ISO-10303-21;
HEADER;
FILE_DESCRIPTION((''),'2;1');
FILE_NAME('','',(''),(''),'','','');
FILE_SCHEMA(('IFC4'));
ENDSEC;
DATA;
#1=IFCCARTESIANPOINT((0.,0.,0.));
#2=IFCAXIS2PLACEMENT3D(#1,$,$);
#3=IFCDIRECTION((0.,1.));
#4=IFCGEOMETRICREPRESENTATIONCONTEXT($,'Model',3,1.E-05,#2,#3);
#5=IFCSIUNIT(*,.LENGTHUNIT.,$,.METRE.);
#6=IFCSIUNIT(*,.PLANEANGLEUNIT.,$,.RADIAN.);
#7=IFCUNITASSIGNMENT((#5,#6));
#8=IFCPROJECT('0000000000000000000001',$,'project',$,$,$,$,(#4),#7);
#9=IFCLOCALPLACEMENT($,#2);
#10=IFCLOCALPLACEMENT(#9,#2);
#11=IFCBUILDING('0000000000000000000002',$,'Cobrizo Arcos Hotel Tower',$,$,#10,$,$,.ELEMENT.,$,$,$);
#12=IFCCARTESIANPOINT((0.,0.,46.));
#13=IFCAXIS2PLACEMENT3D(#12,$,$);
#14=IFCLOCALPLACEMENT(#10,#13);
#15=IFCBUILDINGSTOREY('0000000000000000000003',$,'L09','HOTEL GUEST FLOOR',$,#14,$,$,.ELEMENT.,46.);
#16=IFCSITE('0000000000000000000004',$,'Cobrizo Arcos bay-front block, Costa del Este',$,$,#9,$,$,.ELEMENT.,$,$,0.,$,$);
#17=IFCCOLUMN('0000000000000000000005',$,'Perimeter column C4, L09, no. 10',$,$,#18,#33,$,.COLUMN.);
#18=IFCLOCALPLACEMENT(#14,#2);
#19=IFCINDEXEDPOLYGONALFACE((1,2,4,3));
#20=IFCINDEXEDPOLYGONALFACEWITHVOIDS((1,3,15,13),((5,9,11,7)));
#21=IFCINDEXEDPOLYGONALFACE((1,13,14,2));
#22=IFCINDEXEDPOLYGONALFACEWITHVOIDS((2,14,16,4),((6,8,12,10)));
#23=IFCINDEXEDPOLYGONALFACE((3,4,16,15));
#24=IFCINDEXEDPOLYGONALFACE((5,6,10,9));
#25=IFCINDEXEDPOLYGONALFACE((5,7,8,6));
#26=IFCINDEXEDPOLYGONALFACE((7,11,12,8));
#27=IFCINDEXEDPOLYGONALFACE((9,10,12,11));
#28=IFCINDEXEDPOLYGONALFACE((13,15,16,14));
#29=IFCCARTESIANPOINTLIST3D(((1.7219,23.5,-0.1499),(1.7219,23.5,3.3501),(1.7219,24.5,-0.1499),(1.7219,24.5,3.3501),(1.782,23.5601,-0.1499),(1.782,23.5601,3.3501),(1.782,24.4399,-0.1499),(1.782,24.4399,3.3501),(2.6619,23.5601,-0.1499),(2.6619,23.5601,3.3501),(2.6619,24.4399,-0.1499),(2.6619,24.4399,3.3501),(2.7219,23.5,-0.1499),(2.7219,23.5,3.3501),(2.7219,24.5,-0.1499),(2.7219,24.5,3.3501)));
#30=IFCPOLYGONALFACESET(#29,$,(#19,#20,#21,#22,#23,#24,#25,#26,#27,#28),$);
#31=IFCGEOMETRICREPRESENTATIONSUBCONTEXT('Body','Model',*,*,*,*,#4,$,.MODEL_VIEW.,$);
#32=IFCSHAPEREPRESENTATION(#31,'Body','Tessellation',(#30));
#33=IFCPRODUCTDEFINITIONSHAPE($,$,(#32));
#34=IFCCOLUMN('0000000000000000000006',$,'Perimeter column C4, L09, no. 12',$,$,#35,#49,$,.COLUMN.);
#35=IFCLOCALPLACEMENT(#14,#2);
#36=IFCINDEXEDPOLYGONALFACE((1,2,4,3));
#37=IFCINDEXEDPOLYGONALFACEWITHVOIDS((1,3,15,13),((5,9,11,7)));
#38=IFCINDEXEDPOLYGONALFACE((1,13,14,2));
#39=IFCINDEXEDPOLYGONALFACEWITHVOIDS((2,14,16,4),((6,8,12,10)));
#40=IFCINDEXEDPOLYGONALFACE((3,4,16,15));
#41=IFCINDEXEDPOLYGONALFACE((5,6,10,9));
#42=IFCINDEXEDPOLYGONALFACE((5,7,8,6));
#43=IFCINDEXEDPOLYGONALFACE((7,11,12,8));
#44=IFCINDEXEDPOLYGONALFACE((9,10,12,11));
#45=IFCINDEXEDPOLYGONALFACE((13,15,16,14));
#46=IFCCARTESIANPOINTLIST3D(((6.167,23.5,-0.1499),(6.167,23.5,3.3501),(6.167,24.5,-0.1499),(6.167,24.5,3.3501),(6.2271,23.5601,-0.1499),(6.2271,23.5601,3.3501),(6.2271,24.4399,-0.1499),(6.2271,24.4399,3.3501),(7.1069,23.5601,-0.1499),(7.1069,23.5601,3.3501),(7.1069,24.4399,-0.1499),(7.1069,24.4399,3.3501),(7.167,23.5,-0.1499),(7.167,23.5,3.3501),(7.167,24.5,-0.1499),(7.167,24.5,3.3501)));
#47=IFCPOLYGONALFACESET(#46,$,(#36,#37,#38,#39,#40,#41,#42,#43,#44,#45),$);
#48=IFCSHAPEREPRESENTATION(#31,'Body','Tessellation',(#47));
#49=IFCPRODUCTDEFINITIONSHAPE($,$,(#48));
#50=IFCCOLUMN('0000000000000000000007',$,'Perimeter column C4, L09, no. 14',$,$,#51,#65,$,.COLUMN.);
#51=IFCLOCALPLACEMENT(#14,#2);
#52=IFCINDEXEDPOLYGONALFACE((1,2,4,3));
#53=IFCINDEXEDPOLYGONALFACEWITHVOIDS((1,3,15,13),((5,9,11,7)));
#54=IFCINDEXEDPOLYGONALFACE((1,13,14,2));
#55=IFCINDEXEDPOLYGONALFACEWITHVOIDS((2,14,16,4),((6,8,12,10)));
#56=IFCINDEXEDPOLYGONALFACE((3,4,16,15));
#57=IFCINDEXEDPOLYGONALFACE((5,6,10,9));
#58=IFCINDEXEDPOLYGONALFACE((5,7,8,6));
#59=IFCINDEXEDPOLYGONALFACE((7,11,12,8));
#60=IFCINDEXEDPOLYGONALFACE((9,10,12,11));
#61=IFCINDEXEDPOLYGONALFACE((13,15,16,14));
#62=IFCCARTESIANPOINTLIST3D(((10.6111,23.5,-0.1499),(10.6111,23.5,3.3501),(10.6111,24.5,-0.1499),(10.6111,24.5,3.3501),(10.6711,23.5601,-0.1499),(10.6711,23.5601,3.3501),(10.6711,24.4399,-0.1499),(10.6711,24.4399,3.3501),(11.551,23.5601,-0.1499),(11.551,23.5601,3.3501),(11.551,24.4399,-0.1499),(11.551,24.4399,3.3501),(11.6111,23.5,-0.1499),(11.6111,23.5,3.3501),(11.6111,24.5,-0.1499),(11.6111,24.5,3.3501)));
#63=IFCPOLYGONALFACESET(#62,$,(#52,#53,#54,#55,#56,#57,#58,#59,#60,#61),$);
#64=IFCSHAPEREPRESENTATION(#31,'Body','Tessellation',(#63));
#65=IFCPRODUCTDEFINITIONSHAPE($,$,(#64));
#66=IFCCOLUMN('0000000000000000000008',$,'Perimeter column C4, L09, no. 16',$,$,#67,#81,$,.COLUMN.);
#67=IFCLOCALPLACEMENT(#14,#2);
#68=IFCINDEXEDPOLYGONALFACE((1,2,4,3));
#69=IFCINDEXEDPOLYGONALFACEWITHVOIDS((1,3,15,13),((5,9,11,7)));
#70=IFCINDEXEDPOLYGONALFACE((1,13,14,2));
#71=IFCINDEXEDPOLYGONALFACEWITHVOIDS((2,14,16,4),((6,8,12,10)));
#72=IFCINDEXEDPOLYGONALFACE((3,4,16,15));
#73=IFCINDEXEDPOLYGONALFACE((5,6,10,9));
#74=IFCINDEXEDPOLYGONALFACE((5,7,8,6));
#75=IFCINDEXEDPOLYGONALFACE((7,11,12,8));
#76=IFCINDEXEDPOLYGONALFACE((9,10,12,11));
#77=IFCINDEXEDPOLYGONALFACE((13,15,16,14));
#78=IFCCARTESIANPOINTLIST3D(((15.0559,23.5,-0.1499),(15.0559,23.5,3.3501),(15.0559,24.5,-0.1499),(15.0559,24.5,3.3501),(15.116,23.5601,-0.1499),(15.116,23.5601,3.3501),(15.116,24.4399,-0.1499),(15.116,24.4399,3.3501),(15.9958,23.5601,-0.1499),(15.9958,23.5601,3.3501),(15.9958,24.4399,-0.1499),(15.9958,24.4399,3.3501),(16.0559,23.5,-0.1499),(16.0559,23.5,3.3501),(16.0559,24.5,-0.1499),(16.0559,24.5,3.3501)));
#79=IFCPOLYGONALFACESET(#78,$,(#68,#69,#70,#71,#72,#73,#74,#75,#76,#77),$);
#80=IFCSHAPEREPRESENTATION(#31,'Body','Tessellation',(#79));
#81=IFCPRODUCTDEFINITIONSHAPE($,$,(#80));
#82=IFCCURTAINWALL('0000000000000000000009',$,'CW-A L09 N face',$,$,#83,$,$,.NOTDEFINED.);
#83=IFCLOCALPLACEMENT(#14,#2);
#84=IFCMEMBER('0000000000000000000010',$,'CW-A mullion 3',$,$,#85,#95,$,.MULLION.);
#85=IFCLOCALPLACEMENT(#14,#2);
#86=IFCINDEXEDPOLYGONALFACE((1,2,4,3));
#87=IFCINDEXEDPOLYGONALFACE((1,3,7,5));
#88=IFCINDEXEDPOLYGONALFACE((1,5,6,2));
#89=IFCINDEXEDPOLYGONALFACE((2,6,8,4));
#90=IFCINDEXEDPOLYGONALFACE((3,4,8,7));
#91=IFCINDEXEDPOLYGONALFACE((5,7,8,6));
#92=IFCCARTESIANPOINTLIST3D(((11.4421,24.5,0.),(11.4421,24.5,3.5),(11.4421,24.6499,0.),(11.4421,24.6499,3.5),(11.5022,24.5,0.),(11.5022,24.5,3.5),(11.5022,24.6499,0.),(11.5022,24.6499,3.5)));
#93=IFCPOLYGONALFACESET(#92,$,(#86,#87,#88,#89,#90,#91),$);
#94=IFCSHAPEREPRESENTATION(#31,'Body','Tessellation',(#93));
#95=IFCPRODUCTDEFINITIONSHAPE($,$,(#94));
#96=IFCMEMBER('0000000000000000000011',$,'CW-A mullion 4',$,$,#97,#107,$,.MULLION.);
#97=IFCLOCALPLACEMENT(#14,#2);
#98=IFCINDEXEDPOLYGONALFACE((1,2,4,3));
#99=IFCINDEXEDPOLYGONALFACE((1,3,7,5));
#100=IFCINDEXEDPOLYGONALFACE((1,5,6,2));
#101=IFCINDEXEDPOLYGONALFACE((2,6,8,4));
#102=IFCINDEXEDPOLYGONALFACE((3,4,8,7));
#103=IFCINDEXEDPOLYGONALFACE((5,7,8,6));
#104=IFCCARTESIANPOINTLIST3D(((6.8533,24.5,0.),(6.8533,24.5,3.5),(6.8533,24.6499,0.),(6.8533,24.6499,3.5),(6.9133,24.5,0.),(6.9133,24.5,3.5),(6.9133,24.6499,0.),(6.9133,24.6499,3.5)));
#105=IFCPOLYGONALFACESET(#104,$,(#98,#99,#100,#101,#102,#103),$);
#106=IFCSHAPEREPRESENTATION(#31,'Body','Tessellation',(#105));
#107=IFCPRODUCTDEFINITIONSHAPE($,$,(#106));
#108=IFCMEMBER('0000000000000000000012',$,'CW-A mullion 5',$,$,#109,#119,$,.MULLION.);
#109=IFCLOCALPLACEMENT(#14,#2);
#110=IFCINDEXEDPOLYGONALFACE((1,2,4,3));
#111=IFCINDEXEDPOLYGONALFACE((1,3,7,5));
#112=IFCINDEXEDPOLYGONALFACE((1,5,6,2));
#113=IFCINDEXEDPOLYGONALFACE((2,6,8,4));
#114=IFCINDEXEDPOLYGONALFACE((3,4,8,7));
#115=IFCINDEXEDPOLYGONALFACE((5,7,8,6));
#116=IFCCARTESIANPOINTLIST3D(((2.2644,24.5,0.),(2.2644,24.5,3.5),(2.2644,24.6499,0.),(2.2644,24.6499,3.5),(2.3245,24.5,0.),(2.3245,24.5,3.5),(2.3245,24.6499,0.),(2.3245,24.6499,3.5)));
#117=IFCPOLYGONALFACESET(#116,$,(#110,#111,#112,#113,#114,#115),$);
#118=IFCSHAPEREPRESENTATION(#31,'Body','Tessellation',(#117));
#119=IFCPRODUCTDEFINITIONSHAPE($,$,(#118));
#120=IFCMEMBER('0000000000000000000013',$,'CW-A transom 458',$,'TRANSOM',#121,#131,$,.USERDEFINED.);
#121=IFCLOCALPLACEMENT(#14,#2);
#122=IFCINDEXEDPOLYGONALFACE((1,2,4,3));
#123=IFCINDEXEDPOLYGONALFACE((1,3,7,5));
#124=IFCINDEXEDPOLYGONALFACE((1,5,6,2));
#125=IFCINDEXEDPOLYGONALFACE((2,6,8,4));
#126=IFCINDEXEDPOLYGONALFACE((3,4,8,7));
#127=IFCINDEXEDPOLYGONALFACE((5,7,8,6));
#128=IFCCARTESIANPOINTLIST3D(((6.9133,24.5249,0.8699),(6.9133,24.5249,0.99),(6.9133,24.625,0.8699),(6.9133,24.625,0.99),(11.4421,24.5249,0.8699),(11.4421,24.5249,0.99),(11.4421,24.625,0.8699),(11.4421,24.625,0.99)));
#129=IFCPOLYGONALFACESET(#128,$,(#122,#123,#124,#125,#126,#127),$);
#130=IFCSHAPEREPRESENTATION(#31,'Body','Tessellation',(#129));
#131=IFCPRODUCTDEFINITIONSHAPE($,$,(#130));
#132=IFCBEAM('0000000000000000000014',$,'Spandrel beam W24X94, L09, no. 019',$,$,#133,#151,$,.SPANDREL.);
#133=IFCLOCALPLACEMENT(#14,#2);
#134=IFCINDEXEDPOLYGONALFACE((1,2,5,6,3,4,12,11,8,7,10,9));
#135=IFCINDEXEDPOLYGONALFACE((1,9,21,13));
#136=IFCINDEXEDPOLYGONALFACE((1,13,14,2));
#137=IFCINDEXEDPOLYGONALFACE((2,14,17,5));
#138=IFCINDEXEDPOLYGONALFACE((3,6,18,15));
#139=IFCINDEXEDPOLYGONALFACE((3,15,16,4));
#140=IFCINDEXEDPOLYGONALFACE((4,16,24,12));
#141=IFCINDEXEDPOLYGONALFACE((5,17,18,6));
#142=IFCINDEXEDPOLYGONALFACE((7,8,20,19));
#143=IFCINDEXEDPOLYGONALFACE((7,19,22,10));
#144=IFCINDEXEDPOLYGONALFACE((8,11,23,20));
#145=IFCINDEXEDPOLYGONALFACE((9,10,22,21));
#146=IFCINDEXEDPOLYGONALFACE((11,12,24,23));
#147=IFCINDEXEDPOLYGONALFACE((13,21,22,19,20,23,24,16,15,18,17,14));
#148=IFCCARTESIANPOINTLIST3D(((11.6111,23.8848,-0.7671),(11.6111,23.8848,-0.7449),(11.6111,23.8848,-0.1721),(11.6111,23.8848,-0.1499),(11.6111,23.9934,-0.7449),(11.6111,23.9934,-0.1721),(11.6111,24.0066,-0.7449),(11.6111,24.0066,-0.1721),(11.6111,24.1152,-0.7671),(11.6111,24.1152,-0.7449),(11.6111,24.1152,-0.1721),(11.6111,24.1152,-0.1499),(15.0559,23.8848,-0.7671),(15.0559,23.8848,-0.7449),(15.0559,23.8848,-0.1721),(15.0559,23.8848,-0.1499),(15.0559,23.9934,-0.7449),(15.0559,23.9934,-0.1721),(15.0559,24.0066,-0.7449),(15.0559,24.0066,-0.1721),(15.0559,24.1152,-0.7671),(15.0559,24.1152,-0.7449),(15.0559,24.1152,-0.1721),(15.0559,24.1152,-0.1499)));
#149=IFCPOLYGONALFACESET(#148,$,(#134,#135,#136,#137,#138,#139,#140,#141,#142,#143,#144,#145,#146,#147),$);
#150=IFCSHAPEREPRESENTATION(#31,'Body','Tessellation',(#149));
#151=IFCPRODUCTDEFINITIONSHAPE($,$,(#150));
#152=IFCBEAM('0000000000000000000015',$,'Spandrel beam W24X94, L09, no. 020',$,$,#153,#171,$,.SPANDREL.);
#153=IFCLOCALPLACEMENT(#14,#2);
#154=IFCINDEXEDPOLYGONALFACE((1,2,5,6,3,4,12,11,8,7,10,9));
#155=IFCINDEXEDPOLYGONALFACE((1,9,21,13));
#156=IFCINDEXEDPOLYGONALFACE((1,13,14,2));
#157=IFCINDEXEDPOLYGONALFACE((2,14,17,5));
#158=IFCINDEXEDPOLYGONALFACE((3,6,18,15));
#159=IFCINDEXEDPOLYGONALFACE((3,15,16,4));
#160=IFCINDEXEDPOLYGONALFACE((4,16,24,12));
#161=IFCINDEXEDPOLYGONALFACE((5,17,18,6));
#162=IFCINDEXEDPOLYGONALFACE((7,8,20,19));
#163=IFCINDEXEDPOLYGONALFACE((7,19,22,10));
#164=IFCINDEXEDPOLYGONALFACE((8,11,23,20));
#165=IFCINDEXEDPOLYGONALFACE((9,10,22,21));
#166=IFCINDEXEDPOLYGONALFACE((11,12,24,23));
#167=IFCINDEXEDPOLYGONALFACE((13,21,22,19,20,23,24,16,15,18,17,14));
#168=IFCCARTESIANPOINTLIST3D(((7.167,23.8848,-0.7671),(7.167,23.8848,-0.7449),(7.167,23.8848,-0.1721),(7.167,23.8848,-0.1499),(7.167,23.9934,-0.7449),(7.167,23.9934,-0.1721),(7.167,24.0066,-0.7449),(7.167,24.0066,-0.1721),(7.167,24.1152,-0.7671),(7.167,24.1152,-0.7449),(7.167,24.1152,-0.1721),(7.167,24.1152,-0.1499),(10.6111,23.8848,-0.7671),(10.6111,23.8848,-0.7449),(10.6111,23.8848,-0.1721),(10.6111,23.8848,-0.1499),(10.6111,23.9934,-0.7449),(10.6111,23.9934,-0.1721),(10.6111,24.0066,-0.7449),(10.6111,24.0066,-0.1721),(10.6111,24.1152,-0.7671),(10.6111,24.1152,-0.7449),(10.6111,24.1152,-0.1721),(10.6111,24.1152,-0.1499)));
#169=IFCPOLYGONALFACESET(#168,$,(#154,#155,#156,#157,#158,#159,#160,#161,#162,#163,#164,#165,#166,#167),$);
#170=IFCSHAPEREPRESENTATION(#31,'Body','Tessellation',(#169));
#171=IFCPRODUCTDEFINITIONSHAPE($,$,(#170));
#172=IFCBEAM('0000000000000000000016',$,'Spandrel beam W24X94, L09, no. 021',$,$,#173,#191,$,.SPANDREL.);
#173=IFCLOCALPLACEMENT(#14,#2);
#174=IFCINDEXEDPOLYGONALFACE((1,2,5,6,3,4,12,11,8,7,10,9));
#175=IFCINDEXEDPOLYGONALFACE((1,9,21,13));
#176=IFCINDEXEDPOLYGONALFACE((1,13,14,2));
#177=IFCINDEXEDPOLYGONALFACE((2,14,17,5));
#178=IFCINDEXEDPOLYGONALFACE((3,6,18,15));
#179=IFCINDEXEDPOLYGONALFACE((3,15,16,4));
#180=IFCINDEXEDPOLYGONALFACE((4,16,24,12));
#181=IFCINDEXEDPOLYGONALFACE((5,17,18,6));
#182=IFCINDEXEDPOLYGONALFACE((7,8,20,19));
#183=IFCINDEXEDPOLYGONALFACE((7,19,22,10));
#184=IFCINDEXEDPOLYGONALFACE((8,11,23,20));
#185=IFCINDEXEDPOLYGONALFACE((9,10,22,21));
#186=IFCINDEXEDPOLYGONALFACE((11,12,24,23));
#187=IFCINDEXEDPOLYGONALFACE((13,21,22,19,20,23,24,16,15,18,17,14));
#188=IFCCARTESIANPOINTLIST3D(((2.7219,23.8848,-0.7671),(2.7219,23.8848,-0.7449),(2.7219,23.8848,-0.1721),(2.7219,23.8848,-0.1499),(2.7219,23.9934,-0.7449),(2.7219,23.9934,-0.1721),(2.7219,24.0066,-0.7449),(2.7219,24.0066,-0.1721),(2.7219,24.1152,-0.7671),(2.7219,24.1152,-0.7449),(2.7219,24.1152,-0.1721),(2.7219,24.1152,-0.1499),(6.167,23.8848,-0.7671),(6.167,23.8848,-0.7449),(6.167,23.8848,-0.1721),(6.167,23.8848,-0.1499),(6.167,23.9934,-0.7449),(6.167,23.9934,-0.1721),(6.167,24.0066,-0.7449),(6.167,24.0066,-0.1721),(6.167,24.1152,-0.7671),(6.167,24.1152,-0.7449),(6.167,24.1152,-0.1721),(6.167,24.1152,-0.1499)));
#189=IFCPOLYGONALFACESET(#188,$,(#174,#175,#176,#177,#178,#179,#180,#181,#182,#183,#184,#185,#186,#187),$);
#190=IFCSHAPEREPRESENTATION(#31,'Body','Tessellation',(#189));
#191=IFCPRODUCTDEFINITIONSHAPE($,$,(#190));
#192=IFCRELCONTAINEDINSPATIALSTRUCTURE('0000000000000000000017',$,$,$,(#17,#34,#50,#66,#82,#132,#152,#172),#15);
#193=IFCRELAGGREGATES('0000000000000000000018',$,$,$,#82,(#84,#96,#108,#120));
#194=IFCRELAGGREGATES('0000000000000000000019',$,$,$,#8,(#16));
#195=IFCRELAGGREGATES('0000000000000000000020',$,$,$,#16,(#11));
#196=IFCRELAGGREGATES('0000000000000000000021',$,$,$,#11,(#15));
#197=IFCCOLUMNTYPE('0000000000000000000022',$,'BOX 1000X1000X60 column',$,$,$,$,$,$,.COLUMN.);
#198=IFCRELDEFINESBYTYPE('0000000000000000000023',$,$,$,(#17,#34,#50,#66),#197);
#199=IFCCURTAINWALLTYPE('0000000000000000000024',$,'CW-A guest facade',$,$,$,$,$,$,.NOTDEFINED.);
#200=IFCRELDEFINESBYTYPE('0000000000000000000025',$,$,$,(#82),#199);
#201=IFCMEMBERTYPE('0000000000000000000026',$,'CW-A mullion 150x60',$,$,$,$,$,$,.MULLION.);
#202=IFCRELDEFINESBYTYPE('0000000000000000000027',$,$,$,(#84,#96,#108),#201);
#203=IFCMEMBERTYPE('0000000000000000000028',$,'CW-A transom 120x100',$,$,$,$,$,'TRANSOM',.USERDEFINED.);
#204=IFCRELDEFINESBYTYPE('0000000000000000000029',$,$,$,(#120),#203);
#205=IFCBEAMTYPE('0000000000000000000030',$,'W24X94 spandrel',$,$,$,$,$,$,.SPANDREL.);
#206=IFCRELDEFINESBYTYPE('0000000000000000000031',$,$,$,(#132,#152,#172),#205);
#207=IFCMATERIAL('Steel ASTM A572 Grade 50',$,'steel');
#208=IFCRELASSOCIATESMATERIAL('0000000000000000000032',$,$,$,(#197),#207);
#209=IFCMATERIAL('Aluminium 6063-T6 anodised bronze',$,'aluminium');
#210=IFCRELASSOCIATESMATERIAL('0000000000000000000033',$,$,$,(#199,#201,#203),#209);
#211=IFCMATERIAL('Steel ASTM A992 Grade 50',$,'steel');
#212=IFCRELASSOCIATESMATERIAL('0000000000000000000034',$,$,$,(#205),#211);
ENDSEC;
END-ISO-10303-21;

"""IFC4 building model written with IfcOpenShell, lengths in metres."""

from ifc_helpers import new_model, si_unit, direction, frame, origin, origin_2d, place, context, subcontext, project, spatial, rectangle, hollow_rectangle, i_section, extrude, material, material_profile, profile_set, type_object, element, aggregate, save


model = new_model("IFC4")

# Units and contexts
model_context = context("Model", 3, precision=1e-05, world=origin(), true_north=direction((0.0, 1.0)))
body_context = subcontext(model_context, "Body", "Model", "MODEL_VIEW")
ifc_project = project(units=[si_unit("LENGTHUNIT", "METRE"), si_unit("PLANEANGLEUNIT", "RADIAN")], contexts=[model_context])

# Site, building, storey
site_placement = place(None, origin())
site = spatial("IfcSite", under=ifc_project, at=site_placement, Name="Cobrizo Arcos bay-front block, Costa del Este", CompositionType="ELEMENT", RefElevation=0.0)
building_placement = place(site_placement, origin())
building = spatial("IfcBuilding", under=site, at=building_placement, Name="Cobrizo Arcos Hotel Tower", CompositionType="ELEMENT")
storey_placement = place(building_placement, frame((0.0, 0.0, 46.0)))
storey = spatial("IfcBuildingStorey", under=building, at=storey_placement, Name="L09", Description="HOTEL GUEST FLOOR", CompositionType="ELEMENT", Elevation=46.0)

# Columns
ifc_material_1 = material(Name="Steel ASTM A572 Grade 50", Category="steel")
ifc_material_profile_1 = material_profile(ifc_material_1, hollow_rectangle(XDim=1.0, YDim=1.0, WallThickness=0.0601, at=origin_2d()), Name="BOX 1000X1000X60")
ifc_profile_set_1 = profile_set([ifc_material_profile_1], Name="Steel ASTM A572 Grade 50")
column_type = type_object("IfcColumnType", Name="BOX 1000X1000X60 column", PredefinedType="COLUMN", material=ifc_profile_set_1)
for number, where, z_axis, x_axis, name in (
    (1, (2.2219, 24.0, -0.1499), (0.0, 0.0, 1.0), (1.0, 0.0, 0.0), "Perimeter column C4, L09, no. 10"),
    (2, (6.667, 24.0, -0.1499), (0.0, 0.0, 1.0), (1.0, 0.0, 0.0), "Perimeter column C4, L09, no. 12"),
    (3, (11.1111, 24.0, -0.1499), (0.0, 0.0, 1.0), (1.0, 0.0, 0.0), "Perimeter column C4, L09, no. 14"),
    (4, (15.5559, 24.0, -0.1499), (0.0, 0.0, 1.0), (1.0, 0.0, 0.0), "Perimeter column C4, L09, no. 16"),
):
    element("IfcColumn", number, at=place(storey_placement, frame(where, z_axis=z_axis, x_axis=x_axis)), inside=storey, type_object=column_type, Name=name, PredefinedType="COLUMN", context=body_context, shape_type="SweptSolid", body=[
        extrude(hollow_rectangle(XDim=1.0, YDim=1.0, WallThickness=0.0601, at=origin_2d()), origin(), (0.0, 0.0, 1.0), 3.5),
    ])

# Curtain wall, members
ifc_material_2 = material(Name="Aluminium 6063-T6 anodised bronze", Category="aluminium")
curtain_wall_type = type_object("IfcCurtainWallType", Name="CW-A guest facade", PredefinedType="NOTDEFINED", material=ifc_material_2)
curtain_wall_placement = place(storey_placement, origin())
curtain_wall = element("IfcCurtainWall", 5, at=curtain_wall_placement, inside=storey, type_object=curtain_wall_type, Name="CW-A L09 N face", PredefinedType="NOTDEFINED")
ifc_material_profile_2 = material_profile(ifc_material_2, rectangle(XDim=0.1499, YDim=0.0601, at=origin_2d()), Name="CW-A mullion 150x60")
ifc_profile_set_2 = profile_set([ifc_material_profile_2], Name="Aluminium 6063-T6 anodised bronze")
member_type_1 = type_object("IfcMemberType", Name="CW-A mullion 150x60", PredefinedType="MULLION", material=ifc_profile_set_2)
member_1_placement = place(storey_placement, frame((11.4722, 24.575, 0.0), z_axis=(0.0, 0.0, 1.0), x_axis=(0.0, 1.0, 0.0)))
member_1 = element("IfcMember", 6, at=member_1_placement, type_object=member_type_1, Name="CW-A mullion 3", PredefinedType="MULLION", context=body_context, shape_type="SweptSolid", body=[
    extrude(rectangle(XDim=0.1499, YDim=0.0601, at=origin_2d()), origin(), (0.0, 0.0, 1.0), 3.5),
])
member_2_placement = place(storey_placement, frame((6.8833, 24.575, 0.0), z_axis=(0.0, 0.0, 1.0), x_axis=(0.0, 1.0, 0.0)))
member_2 = element("IfcMember", 7, at=member_2_placement, type_object=member_type_1, Name="CW-A mullion 4", PredefinedType="MULLION", context=body_context, shape_type="SweptSolid", body=[
    extrude(rectangle(XDim=0.1499, YDim=0.0601, at=origin_2d()), origin(), (0.0, 0.0, 1.0), 3.5),
])
member_3_placement = place(storey_placement, frame((2.2944, 24.575, 0.0), z_axis=(0.0, 0.0, 1.0), x_axis=(0.0, 1.0, 0.0)))
member_3 = element("IfcMember", 8, at=member_3_placement, type_object=member_type_1, Name="CW-A mullion 5", PredefinedType="MULLION", context=body_context, shape_type="SweptSolid", body=[
    extrude(rectangle(XDim=0.1499, YDim=0.0601, at=origin_2d()), origin(), (0.0, 0.0, 1.0), 3.5),
])
ifc_material_profile_3 = material_profile(ifc_material_2, rectangle(XDim=0.1001, YDim=0.1201, at=origin_2d()), Name="CW-A transom 120x100")
ifc_profile_set_3 = profile_set([ifc_material_profile_3], Name="Aluminium 6063-T6 anodised bronze")
member_type_2 = type_object("IfcMemberType", Name="CW-A transom 120x100", ElementType="TRANSOM", PredefinedType="USERDEFINED", material=ifc_profile_set_3)
member_4_placement = place(storey_placement, frame((11.4421, 24.575, 0.9299), z_axis=(-1.0, 0.0, 0.0), x_axis=(0.0, -1.0, 0.0)))
member_4 = element("IfcMember", 9, at=member_4_placement, type_object=member_type_2, Name="CW-A transom 458", ObjectType="TRANSOM", PredefinedType="USERDEFINED", context=body_context, shape_type="SweptSolid", body=[
    extrude(rectangle(XDim=0.1001, YDim=0.1201, at=origin_2d()), origin(), (0.0, 0.0, 1.0), 4.5288),
])

# Beams
ifc_material_3 = material(Name="Steel ASTM A992 Grade 50", Category="steel")
ifc_material_profile_4 = material_profile(ifc_material_3, i_section(OverallWidth=0.2305, OverallDepth=0.6172, WebThickness=0.0132, FlangeThickness=0.0222, at=origin_2d()), Name="W24X94")
ifc_profile_set_4 = profile_set([ifc_material_profile_4], Name="Steel ASTM A992 Grade 50")
beam_type = type_object("IfcBeamType", Name="W24X94 spandrel", PredefinedType="SPANDREL", material=ifc_profile_set_4)
beam_1_placement = place(storey_placement, frame((15.0559, 24.0, -0.4585), z_axis=(-1.0, 0.0, 0.0), x_axis=(0.0, -1.0, 0.0)))
element("IfcBeam", 10, at=beam_1_placement, inside=storey, type_object=beam_type, Name="Spandrel beam W24X94, L09, no. 019", PredefinedType="SPANDREL", context=body_context, shape_type="SweptSolid", body=[
    extrude(i_section(OverallWidth=0.2305, OverallDepth=0.6172, WebThickness=0.0132, FlangeThickness=0.0222, at=origin_2d()), origin(), (0.0, 0.0, 1.0), 3.4448),
])
beam_2_placement = place(storey_placement, frame((10.6111, 24.0, -0.4585), z_axis=(-1.0, 0.0, 0.0), x_axis=(0.0, -1.0, 0.0)))
element("IfcBeam", 11, at=beam_2_placement, inside=storey, type_object=beam_type, Name="Spandrel beam W24X94, L09, no. 020", PredefinedType="SPANDREL", context=body_context, shape_type="SweptSolid", body=[
    extrude(i_section(OverallWidth=0.2305, OverallDepth=0.6172, WebThickness=0.0132, FlangeThickness=0.0222, at=origin_2d()), origin(), (0.0, 0.0, 1.0), 3.4441),
])
beam_3_placement = place(storey_placement, frame((6.167, 24.0, -0.4585), z_axis=(-1.0, 0.0, 0.0), x_axis=(0.0, -1.0, 0.0)))
element("IfcBeam", 12, at=beam_3_placement, inside=storey, type_object=beam_type, Name="Spandrel beam W24X94, L09, no. 021", PredefinedType="SPANDREL", context=body_context, shape_type="SweptSolid", body=[
    extrude(i_section(OverallWidth=0.2305, OverallDepth=0.6172, WebThickness=0.0132, FlangeThickness=0.0222, at=origin_2d()), origin(), (0.0, 0.0, 1.0), 3.4451),
])

aggregate(curtain_wall, [member_1, member_2, member_3, member_4])

save(model, "model.ifc")
